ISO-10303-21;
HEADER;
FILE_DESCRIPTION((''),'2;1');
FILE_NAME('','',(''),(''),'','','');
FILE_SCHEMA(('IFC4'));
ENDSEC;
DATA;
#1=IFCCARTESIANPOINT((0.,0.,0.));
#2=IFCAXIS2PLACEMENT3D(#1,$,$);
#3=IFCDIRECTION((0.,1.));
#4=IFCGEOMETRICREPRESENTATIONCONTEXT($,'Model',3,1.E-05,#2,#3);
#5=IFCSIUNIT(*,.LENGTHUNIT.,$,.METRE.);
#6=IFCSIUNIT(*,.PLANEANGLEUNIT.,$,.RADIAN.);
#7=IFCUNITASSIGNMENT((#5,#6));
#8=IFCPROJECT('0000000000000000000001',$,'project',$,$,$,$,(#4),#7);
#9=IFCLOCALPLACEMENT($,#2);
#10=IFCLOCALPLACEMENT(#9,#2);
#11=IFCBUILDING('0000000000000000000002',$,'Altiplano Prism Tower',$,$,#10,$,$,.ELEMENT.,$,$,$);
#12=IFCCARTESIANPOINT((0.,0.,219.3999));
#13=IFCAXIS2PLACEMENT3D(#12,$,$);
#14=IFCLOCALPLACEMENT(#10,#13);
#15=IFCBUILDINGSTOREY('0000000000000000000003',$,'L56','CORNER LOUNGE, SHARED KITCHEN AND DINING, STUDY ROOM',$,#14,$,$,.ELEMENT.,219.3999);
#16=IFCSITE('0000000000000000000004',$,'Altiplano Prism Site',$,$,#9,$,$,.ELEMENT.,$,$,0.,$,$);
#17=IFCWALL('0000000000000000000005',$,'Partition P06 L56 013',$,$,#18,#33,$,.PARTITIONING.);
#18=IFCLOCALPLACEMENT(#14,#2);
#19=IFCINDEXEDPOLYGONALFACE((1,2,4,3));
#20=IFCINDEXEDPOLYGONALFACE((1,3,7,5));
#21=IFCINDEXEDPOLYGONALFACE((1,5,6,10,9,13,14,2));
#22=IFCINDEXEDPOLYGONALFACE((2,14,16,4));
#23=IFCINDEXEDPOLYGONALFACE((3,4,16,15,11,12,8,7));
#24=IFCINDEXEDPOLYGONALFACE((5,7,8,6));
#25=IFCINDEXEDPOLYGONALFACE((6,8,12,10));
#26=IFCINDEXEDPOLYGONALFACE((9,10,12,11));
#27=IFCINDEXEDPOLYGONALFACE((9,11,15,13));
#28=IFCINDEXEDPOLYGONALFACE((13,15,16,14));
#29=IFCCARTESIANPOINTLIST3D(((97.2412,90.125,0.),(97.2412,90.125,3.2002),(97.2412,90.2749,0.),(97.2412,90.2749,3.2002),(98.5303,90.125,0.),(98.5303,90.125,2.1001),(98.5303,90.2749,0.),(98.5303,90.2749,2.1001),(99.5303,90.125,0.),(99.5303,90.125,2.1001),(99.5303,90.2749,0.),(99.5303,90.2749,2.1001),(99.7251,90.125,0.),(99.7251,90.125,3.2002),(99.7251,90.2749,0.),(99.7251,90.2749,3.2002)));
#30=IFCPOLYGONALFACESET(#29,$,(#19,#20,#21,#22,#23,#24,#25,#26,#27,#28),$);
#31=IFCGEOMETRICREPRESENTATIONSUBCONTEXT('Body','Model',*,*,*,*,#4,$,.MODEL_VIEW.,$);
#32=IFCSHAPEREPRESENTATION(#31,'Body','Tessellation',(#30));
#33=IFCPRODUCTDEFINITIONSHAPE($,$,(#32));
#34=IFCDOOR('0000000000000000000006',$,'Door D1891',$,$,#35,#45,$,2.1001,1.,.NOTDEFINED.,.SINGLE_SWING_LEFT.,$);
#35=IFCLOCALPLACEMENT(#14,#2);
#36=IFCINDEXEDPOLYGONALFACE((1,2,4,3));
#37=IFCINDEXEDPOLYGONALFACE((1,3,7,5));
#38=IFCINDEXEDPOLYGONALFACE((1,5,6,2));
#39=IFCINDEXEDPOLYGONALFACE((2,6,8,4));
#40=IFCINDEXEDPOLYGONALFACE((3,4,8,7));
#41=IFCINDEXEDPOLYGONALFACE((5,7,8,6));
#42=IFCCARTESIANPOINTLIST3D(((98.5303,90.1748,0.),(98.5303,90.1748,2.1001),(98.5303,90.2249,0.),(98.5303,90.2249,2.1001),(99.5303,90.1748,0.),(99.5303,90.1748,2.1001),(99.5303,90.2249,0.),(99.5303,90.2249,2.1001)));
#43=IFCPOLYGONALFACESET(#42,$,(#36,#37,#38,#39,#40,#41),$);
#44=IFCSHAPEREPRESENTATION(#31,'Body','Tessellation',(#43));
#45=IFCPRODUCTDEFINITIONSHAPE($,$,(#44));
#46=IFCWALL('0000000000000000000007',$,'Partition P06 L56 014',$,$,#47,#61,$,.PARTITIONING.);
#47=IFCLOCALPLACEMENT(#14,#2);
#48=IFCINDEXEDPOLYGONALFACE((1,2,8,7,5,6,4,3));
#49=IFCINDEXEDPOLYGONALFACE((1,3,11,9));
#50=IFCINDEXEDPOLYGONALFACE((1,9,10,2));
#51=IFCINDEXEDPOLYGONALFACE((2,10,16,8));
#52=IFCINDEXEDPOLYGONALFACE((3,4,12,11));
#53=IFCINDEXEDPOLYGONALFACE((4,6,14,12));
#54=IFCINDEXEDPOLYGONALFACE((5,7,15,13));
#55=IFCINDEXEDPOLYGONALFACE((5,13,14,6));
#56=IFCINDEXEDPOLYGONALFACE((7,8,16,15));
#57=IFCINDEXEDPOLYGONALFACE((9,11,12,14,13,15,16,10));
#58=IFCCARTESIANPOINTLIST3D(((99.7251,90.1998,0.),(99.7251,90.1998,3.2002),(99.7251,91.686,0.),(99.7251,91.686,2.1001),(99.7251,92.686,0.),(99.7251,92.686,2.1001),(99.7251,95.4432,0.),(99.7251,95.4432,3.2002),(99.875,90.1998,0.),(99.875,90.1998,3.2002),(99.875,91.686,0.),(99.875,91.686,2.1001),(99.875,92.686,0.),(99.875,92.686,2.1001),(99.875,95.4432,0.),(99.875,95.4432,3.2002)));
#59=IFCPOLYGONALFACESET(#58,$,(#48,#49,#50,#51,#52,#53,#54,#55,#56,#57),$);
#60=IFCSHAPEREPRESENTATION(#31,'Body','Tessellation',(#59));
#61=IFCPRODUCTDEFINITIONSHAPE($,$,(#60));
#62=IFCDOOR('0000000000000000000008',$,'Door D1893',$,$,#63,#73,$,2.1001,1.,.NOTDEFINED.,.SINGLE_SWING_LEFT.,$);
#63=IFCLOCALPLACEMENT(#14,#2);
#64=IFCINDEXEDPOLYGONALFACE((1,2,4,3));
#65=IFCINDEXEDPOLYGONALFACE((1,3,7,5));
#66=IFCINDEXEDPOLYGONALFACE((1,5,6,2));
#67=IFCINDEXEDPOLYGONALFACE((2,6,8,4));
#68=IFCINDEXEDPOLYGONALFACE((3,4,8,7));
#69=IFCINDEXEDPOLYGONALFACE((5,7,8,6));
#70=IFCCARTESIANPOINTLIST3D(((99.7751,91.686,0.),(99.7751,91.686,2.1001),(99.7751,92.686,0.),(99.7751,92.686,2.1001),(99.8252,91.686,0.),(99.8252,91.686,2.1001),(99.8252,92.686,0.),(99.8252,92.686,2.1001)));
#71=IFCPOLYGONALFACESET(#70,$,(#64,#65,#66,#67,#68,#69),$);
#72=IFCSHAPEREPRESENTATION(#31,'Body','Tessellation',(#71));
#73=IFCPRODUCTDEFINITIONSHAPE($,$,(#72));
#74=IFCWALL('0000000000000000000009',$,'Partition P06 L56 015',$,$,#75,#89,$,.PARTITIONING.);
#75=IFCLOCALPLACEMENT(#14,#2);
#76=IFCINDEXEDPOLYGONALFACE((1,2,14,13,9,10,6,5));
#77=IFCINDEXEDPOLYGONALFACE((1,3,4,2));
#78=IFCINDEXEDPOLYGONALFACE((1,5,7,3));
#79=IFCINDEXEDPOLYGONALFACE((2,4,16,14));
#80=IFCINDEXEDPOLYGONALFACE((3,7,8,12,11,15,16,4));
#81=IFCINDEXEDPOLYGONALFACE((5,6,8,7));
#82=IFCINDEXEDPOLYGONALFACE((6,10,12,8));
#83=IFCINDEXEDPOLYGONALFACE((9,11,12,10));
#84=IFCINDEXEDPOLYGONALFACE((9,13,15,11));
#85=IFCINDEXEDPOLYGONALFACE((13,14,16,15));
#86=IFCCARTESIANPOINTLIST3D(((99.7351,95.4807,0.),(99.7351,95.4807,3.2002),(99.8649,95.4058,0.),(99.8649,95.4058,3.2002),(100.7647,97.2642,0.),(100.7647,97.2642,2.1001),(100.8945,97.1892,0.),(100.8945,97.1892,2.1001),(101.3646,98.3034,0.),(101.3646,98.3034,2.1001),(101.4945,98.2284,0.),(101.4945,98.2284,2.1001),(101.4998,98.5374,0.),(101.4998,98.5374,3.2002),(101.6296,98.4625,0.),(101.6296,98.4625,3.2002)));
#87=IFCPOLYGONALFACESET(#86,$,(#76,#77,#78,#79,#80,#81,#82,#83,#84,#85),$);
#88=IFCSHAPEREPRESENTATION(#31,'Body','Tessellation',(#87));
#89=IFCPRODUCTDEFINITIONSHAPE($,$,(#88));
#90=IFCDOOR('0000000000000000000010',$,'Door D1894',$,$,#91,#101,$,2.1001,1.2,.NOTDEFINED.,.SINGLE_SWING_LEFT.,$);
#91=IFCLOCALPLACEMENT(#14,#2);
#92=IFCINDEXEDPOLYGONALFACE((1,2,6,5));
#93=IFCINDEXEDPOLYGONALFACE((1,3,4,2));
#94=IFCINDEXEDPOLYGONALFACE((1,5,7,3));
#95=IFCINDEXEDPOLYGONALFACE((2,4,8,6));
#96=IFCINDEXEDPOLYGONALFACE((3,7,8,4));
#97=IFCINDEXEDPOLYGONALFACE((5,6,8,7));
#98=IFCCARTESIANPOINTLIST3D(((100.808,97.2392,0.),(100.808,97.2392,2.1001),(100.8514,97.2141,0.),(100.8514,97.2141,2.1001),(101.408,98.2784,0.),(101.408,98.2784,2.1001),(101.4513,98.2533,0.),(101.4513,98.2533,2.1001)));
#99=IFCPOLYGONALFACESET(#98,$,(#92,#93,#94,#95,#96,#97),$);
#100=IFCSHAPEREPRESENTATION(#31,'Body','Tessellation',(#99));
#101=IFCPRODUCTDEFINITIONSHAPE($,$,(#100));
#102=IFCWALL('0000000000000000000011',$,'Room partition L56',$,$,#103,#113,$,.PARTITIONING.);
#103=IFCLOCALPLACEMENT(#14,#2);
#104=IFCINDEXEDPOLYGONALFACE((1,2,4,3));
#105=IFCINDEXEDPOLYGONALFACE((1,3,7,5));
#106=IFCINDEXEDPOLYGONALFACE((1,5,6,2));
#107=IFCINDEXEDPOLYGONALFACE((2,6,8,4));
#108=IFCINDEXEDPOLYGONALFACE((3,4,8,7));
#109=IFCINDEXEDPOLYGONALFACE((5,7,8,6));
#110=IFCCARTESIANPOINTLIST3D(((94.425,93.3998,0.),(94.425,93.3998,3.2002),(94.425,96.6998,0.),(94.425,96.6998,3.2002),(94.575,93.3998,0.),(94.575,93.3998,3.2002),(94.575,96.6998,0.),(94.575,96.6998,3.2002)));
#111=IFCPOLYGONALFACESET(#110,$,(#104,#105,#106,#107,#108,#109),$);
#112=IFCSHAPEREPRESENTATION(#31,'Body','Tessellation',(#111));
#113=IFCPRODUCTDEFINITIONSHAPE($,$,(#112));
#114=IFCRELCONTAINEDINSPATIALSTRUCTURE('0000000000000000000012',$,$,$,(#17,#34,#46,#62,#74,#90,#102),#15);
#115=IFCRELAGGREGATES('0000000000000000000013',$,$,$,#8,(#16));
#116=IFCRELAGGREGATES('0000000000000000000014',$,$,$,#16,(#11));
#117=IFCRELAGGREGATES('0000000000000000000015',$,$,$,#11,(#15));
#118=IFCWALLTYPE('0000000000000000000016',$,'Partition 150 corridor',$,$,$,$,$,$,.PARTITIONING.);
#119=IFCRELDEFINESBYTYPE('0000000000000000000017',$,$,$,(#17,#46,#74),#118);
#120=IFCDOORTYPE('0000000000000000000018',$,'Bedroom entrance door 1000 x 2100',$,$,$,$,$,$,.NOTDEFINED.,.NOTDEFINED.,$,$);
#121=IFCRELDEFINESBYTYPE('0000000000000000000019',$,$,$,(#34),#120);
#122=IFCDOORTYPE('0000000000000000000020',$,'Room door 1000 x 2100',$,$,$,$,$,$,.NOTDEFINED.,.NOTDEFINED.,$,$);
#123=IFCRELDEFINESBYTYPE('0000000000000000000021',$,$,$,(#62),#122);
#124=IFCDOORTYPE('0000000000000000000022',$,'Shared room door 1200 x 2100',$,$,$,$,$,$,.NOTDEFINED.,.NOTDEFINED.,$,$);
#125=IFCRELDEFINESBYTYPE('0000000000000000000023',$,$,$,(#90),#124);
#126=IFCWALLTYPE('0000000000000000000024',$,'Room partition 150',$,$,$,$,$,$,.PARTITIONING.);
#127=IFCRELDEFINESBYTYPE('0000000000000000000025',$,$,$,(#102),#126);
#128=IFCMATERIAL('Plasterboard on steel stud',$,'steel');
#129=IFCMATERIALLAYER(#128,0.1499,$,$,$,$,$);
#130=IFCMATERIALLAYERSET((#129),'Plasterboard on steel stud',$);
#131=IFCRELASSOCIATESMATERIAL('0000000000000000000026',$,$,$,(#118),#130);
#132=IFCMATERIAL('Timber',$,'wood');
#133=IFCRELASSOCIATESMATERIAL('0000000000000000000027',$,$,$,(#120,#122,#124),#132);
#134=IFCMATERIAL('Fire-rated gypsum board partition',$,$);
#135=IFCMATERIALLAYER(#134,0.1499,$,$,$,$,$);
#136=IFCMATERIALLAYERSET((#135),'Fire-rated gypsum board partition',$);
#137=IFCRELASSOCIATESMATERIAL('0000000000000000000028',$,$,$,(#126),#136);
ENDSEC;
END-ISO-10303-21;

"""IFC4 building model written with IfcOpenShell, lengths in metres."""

from ifc_helpers import new_model, si_unit, direction, frame, frame_2d, origin, place, context, subcontext, project, spatial, rectangle, extrude, material, layer, layer_set, type_object, element, fill, save


model = new_model("IFC4")

# Units and contexts
model_context = context("Model", 3, precision=1e-05, world=origin(), true_north=direction((0.0, 1.0)))
body_context = subcontext(model_context, "Body", "Model", "MODEL_VIEW")
ifc_project = project(units=[si_unit("LENGTHUNIT", "METRE"), si_unit("PLANEANGLEUNIT", "RADIAN")], contexts=[model_context])

# Site, building, storey
site_placement = place(None, origin())
site = spatial("IfcSite", under=ifc_project, at=site_placement, Name="Altiplano Prism Site", CompositionType="ELEMENT", RefElevation=0.0)
building_placement = place(site_placement, origin())
building = spatial("IfcBuilding", under=site, at=building_placement, Name="Altiplano Prism Tower", CompositionType="ELEMENT")
storey_placement = place(building_placement, frame((0.0, 0.0, 219.3999)))
storey = spatial("IfcBuildingStorey", under=building, at=storey_placement, Name="L56", Description="CORNER LOUNGE, SHARED KITCHEN AND DINING, STUDY ROOM", CompositionType="ELEMENT", Elevation=219.3999)

# Shared definitions
ifc_material_1 = material(Name="Plasterboard on steel stud", Category="steel")

# Walls, openings, doors
ifc_layer_1 = layer(ifc_material_1, 0.1499)
ifc_layer_set_1 = layer_set([ifc_layer_1], Name="Plasterboard on steel stud")
wall_type_1 = type_object("IfcWallType", Name="Partition 150 corridor", PredefinedType="PARTITIONING", material=ifc_layer_set_1)
wall_1_placement = place(storey_placement, frame((97.2412, 90.2, 0.0), z_axis=(0.0, 0.0, 1.0), x_axis=(1.0, 0.0, 0.0)))
wall_1 = element("IfcWall", 1, at=wall_1_placement, inside=storey, type_object=wall_type_1, Name="Partition P06 L56 013", PredefinedType="PARTITIONING", context=body_context, shape_type="SweptSolid", body=[
    extrude(rectangle(XDim=2.4839, YDim=0.1499, at=frame_2d((1.2419, 0.0))), origin(), (0.0, 0.0, 1.0), 3.2002),
])
opening_1_placement = place(wall_1_placement, frame((1.2891, 0.0, 0.0)))
opening_1 = element("IfcOpeningElement", 2, at=opening_1_placement, cuts=wall_1, PredefinedType="OPENING", context=body_context, shape_type="SweptSolid", body=[
    extrude(rectangle(XDim=1.0, YDim=2.1001, at=frame_2d((0.5, 1.05))), frame((0.0, 0.0854, 0.0), z_axis=(0.0, -1.0, 0.0), x_axis=(1.0, 0.0, 0.0)), (0.0, 0.0, 1.0), 0.1709),
])
ifc_material_2 = material(Name="Timber", Category="wood")
door_type_1 = type_object("IfcDoorType", Name="Bedroom entrance door 1000 x 2100", OperationType="NOTDEFINED", PredefinedType="NOTDEFINED", material=ifc_material_2)
door_1_placement = place(opening_1_placement, origin())
door_1 = element("IfcDoor", 3, at=door_1_placement, inside=storey, type_object=door_type_1, Name="Door D1891", OperationType="SINGLE_SWING_LEFT", OverallHeight=2.1001, OverallWidth=1.0, PredefinedType="NOTDEFINED", context=body_context, shape_type="SweptSolid", body=[
    extrude(rectangle(XDim=1.0, YDim=2.1001, at=frame_2d((0.5, 1.05))), frame((0.0, 0.0249, 0.0), z_axis=(0.0, -1.0, 0.0), x_axis=(1.0, 0.0, 0.0)), (0.0, 0.0, 1.0), 0.05),
])
fill(opening_1, door_1)
wall_2_placement = place(storey_placement, frame((99.8, 90.2, 0.0), z_axis=(0.0, 0.0, 1.0), x_axis=(0.0, 1.0, 0.0)))
wall_2 = element("IfcWall", 4, at=wall_2_placement, inside=storey, type_object=wall_type_1, Name="Partition P06 L56 014", PredefinedType="PARTITIONING", context=body_context, shape_type="SweptSolid", body=[
    extrude(rectangle(XDim=5.2434, YDim=0.1499, at=frame_2d((2.6216, 0.0))), origin(), (0.0, 0.0, 1.0), 3.2002),
])
opening_2_placement = place(wall_2_placement, frame((1.4861, 0.0, 0.0)))
opening_2 = element("IfcOpeningElement", 5, at=opening_2_placement, cuts=wall_2, PredefinedType="OPENING", context=body_context, shape_type="SweptSolid", body=[
    extrude(rectangle(XDim=1.0, YDim=2.1001, at=frame_2d((0.5, 1.05))), frame((0.0, 0.0854, 0.0), z_axis=(0.0, -1.0, 0.0), x_axis=(1.0, 0.0, 0.0)), (0.0, 0.0, 1.0), 0.1709),
])
door_type_2 = type_object("IfcDoorType", Name="Room door 1000 x 2100", OperationType="NOTDEFINED", PredefinedType="NOTDEFINED", material=ifc_material_2)
door_2_placement = place(opening_2_placement, origin())
door_2 = element("IfcDoor", 6, at=door_2_placement, inside=storey, type_object=door_type_2, Name="Door D1893", OperationType="SINGLE_SWING_LEFT", OverallHeight=2.1001, OverallWidth=1.0, PredefinedType="NOTDEFINED", context=body_context, shape_type="SweptSolid", body=[
    extrude(rectangle(XDim=1.0, YDim=2.1001, at=frame_2d((0.5, 1.05))), frame((0.0, 0.0249, 0.0), z_axis=(0.0, -1.0, 0.0), x_axis=(1.0, 0.0, 0.0)), (0.0, 0.0, 1.0), 0.05),
])
fill(opening_2, door_2)
wall_3_placement = place(storey_placement, frame((99.8, 95.4434, 0.0), z_axis=(0.0, 0.0, 1.0), x_axis=(0.499978, 0.866038, 0.0)))
wall_3 = element("IfcWall", 7, at=wall_3_placement, inside=storey, type_object=wall_type_1, Name="Partition P06 L56 015", PredefinedType="PARTITIONING", context=body_context, shape_type="SweptSolid", body=[
    extrude(rectangle(XDim=3.5295, YDim=0.1499, at=frame_2d((1.7646, 0.0))), origin(), (0.0, 0.0, 1.0), 3.2002),
])
opening_3_placement = place(wall_3_placement, frame((2.0591, 0.0, 0.0)))
opening_3 = element("IfcOpeningElement", 8, at=opening_3_placement, cuts=wall_3, PredefinedType="OPENING", context=body_context, shape_type="SweptSolid", body=[
    extrude(rectangle(XDim=1.2, YDim=2.1001, at=frame_2d((0.6001, 1.05))), frame((0.0, 0.0854, 0.0), z_axis=(0.0, -1.0, 0.0), x_axis=(1.0, 0.0, 0.0)), (0.0, 0.0, 1.0), 0.1709),
])
door_type_3 = type_object("IfcDoorType", Name="Shared room door 1200 x 2100", OperationType="NOTDEFINED", PredefinedType="NOTDEFINED", material=ifc_material_2)
door_3_placement = place(opening_3_placement, origin())
door_3 = element("IfcDoor", 9, at=door_3_placement, inside=storey, type_object=door_type_3, Name="Door D1894", OperationType="SINGLE_SWING_LEFT", OverallHeight=2.1001, OverallWidth=1.2, PredefinedType="NOTDEFINED", context=body_context, shape_type="SweptSolid", body=[
    extrude(rectangle(XDim=1.2, YDim=2.1001, at=frame_2d((0.6001, 1.05))), frame((0.0, 0.0249, 0.0), z_axis=(0.0, -1.0, 0.0), x_axis=(1.0, 0.0, 0.0)), (0.0, 0.0, 1.0), 0.05),
])
fill(opening_3, door_3)

# Wall
ifc_material_3 = material(Name="Fire-rated gypsum board partition")
ifc_layer_2 = layer(ifc_material_3, 0.1499)
ifc_layer_set_2 = layer_set([ifc_layer_2], Name="Fire-rated gypsum board partition")
wall_type_2 = type_object("IfcWallType", Name="Room partition 150", PredefinedType="PARTITIONING", material=ifc_layer_set_2)
wall_4_placement = place(storey_placement, frame((94.5, 93.3999, 0.0), z_axis=(0.0, 0.0, 1.0), x_axis=(0.0, 1.0, 0.0)))
element("IfcWall", 10, at=wall_4_placement, inside=storey, type_object=wall_type_2, Name="Room partition L56", PredefinedType="PARTITIONING", context=body_context, shape_type="SweptSolid", body=[
    extrude(rectangle(XDim=3.3, YDim=0.1499, at=frame_2d((1.6499, 0.0))), origin(), (0.0, 0.0, 1.0), 3.2002),
])

save(model, "model.ifc")
